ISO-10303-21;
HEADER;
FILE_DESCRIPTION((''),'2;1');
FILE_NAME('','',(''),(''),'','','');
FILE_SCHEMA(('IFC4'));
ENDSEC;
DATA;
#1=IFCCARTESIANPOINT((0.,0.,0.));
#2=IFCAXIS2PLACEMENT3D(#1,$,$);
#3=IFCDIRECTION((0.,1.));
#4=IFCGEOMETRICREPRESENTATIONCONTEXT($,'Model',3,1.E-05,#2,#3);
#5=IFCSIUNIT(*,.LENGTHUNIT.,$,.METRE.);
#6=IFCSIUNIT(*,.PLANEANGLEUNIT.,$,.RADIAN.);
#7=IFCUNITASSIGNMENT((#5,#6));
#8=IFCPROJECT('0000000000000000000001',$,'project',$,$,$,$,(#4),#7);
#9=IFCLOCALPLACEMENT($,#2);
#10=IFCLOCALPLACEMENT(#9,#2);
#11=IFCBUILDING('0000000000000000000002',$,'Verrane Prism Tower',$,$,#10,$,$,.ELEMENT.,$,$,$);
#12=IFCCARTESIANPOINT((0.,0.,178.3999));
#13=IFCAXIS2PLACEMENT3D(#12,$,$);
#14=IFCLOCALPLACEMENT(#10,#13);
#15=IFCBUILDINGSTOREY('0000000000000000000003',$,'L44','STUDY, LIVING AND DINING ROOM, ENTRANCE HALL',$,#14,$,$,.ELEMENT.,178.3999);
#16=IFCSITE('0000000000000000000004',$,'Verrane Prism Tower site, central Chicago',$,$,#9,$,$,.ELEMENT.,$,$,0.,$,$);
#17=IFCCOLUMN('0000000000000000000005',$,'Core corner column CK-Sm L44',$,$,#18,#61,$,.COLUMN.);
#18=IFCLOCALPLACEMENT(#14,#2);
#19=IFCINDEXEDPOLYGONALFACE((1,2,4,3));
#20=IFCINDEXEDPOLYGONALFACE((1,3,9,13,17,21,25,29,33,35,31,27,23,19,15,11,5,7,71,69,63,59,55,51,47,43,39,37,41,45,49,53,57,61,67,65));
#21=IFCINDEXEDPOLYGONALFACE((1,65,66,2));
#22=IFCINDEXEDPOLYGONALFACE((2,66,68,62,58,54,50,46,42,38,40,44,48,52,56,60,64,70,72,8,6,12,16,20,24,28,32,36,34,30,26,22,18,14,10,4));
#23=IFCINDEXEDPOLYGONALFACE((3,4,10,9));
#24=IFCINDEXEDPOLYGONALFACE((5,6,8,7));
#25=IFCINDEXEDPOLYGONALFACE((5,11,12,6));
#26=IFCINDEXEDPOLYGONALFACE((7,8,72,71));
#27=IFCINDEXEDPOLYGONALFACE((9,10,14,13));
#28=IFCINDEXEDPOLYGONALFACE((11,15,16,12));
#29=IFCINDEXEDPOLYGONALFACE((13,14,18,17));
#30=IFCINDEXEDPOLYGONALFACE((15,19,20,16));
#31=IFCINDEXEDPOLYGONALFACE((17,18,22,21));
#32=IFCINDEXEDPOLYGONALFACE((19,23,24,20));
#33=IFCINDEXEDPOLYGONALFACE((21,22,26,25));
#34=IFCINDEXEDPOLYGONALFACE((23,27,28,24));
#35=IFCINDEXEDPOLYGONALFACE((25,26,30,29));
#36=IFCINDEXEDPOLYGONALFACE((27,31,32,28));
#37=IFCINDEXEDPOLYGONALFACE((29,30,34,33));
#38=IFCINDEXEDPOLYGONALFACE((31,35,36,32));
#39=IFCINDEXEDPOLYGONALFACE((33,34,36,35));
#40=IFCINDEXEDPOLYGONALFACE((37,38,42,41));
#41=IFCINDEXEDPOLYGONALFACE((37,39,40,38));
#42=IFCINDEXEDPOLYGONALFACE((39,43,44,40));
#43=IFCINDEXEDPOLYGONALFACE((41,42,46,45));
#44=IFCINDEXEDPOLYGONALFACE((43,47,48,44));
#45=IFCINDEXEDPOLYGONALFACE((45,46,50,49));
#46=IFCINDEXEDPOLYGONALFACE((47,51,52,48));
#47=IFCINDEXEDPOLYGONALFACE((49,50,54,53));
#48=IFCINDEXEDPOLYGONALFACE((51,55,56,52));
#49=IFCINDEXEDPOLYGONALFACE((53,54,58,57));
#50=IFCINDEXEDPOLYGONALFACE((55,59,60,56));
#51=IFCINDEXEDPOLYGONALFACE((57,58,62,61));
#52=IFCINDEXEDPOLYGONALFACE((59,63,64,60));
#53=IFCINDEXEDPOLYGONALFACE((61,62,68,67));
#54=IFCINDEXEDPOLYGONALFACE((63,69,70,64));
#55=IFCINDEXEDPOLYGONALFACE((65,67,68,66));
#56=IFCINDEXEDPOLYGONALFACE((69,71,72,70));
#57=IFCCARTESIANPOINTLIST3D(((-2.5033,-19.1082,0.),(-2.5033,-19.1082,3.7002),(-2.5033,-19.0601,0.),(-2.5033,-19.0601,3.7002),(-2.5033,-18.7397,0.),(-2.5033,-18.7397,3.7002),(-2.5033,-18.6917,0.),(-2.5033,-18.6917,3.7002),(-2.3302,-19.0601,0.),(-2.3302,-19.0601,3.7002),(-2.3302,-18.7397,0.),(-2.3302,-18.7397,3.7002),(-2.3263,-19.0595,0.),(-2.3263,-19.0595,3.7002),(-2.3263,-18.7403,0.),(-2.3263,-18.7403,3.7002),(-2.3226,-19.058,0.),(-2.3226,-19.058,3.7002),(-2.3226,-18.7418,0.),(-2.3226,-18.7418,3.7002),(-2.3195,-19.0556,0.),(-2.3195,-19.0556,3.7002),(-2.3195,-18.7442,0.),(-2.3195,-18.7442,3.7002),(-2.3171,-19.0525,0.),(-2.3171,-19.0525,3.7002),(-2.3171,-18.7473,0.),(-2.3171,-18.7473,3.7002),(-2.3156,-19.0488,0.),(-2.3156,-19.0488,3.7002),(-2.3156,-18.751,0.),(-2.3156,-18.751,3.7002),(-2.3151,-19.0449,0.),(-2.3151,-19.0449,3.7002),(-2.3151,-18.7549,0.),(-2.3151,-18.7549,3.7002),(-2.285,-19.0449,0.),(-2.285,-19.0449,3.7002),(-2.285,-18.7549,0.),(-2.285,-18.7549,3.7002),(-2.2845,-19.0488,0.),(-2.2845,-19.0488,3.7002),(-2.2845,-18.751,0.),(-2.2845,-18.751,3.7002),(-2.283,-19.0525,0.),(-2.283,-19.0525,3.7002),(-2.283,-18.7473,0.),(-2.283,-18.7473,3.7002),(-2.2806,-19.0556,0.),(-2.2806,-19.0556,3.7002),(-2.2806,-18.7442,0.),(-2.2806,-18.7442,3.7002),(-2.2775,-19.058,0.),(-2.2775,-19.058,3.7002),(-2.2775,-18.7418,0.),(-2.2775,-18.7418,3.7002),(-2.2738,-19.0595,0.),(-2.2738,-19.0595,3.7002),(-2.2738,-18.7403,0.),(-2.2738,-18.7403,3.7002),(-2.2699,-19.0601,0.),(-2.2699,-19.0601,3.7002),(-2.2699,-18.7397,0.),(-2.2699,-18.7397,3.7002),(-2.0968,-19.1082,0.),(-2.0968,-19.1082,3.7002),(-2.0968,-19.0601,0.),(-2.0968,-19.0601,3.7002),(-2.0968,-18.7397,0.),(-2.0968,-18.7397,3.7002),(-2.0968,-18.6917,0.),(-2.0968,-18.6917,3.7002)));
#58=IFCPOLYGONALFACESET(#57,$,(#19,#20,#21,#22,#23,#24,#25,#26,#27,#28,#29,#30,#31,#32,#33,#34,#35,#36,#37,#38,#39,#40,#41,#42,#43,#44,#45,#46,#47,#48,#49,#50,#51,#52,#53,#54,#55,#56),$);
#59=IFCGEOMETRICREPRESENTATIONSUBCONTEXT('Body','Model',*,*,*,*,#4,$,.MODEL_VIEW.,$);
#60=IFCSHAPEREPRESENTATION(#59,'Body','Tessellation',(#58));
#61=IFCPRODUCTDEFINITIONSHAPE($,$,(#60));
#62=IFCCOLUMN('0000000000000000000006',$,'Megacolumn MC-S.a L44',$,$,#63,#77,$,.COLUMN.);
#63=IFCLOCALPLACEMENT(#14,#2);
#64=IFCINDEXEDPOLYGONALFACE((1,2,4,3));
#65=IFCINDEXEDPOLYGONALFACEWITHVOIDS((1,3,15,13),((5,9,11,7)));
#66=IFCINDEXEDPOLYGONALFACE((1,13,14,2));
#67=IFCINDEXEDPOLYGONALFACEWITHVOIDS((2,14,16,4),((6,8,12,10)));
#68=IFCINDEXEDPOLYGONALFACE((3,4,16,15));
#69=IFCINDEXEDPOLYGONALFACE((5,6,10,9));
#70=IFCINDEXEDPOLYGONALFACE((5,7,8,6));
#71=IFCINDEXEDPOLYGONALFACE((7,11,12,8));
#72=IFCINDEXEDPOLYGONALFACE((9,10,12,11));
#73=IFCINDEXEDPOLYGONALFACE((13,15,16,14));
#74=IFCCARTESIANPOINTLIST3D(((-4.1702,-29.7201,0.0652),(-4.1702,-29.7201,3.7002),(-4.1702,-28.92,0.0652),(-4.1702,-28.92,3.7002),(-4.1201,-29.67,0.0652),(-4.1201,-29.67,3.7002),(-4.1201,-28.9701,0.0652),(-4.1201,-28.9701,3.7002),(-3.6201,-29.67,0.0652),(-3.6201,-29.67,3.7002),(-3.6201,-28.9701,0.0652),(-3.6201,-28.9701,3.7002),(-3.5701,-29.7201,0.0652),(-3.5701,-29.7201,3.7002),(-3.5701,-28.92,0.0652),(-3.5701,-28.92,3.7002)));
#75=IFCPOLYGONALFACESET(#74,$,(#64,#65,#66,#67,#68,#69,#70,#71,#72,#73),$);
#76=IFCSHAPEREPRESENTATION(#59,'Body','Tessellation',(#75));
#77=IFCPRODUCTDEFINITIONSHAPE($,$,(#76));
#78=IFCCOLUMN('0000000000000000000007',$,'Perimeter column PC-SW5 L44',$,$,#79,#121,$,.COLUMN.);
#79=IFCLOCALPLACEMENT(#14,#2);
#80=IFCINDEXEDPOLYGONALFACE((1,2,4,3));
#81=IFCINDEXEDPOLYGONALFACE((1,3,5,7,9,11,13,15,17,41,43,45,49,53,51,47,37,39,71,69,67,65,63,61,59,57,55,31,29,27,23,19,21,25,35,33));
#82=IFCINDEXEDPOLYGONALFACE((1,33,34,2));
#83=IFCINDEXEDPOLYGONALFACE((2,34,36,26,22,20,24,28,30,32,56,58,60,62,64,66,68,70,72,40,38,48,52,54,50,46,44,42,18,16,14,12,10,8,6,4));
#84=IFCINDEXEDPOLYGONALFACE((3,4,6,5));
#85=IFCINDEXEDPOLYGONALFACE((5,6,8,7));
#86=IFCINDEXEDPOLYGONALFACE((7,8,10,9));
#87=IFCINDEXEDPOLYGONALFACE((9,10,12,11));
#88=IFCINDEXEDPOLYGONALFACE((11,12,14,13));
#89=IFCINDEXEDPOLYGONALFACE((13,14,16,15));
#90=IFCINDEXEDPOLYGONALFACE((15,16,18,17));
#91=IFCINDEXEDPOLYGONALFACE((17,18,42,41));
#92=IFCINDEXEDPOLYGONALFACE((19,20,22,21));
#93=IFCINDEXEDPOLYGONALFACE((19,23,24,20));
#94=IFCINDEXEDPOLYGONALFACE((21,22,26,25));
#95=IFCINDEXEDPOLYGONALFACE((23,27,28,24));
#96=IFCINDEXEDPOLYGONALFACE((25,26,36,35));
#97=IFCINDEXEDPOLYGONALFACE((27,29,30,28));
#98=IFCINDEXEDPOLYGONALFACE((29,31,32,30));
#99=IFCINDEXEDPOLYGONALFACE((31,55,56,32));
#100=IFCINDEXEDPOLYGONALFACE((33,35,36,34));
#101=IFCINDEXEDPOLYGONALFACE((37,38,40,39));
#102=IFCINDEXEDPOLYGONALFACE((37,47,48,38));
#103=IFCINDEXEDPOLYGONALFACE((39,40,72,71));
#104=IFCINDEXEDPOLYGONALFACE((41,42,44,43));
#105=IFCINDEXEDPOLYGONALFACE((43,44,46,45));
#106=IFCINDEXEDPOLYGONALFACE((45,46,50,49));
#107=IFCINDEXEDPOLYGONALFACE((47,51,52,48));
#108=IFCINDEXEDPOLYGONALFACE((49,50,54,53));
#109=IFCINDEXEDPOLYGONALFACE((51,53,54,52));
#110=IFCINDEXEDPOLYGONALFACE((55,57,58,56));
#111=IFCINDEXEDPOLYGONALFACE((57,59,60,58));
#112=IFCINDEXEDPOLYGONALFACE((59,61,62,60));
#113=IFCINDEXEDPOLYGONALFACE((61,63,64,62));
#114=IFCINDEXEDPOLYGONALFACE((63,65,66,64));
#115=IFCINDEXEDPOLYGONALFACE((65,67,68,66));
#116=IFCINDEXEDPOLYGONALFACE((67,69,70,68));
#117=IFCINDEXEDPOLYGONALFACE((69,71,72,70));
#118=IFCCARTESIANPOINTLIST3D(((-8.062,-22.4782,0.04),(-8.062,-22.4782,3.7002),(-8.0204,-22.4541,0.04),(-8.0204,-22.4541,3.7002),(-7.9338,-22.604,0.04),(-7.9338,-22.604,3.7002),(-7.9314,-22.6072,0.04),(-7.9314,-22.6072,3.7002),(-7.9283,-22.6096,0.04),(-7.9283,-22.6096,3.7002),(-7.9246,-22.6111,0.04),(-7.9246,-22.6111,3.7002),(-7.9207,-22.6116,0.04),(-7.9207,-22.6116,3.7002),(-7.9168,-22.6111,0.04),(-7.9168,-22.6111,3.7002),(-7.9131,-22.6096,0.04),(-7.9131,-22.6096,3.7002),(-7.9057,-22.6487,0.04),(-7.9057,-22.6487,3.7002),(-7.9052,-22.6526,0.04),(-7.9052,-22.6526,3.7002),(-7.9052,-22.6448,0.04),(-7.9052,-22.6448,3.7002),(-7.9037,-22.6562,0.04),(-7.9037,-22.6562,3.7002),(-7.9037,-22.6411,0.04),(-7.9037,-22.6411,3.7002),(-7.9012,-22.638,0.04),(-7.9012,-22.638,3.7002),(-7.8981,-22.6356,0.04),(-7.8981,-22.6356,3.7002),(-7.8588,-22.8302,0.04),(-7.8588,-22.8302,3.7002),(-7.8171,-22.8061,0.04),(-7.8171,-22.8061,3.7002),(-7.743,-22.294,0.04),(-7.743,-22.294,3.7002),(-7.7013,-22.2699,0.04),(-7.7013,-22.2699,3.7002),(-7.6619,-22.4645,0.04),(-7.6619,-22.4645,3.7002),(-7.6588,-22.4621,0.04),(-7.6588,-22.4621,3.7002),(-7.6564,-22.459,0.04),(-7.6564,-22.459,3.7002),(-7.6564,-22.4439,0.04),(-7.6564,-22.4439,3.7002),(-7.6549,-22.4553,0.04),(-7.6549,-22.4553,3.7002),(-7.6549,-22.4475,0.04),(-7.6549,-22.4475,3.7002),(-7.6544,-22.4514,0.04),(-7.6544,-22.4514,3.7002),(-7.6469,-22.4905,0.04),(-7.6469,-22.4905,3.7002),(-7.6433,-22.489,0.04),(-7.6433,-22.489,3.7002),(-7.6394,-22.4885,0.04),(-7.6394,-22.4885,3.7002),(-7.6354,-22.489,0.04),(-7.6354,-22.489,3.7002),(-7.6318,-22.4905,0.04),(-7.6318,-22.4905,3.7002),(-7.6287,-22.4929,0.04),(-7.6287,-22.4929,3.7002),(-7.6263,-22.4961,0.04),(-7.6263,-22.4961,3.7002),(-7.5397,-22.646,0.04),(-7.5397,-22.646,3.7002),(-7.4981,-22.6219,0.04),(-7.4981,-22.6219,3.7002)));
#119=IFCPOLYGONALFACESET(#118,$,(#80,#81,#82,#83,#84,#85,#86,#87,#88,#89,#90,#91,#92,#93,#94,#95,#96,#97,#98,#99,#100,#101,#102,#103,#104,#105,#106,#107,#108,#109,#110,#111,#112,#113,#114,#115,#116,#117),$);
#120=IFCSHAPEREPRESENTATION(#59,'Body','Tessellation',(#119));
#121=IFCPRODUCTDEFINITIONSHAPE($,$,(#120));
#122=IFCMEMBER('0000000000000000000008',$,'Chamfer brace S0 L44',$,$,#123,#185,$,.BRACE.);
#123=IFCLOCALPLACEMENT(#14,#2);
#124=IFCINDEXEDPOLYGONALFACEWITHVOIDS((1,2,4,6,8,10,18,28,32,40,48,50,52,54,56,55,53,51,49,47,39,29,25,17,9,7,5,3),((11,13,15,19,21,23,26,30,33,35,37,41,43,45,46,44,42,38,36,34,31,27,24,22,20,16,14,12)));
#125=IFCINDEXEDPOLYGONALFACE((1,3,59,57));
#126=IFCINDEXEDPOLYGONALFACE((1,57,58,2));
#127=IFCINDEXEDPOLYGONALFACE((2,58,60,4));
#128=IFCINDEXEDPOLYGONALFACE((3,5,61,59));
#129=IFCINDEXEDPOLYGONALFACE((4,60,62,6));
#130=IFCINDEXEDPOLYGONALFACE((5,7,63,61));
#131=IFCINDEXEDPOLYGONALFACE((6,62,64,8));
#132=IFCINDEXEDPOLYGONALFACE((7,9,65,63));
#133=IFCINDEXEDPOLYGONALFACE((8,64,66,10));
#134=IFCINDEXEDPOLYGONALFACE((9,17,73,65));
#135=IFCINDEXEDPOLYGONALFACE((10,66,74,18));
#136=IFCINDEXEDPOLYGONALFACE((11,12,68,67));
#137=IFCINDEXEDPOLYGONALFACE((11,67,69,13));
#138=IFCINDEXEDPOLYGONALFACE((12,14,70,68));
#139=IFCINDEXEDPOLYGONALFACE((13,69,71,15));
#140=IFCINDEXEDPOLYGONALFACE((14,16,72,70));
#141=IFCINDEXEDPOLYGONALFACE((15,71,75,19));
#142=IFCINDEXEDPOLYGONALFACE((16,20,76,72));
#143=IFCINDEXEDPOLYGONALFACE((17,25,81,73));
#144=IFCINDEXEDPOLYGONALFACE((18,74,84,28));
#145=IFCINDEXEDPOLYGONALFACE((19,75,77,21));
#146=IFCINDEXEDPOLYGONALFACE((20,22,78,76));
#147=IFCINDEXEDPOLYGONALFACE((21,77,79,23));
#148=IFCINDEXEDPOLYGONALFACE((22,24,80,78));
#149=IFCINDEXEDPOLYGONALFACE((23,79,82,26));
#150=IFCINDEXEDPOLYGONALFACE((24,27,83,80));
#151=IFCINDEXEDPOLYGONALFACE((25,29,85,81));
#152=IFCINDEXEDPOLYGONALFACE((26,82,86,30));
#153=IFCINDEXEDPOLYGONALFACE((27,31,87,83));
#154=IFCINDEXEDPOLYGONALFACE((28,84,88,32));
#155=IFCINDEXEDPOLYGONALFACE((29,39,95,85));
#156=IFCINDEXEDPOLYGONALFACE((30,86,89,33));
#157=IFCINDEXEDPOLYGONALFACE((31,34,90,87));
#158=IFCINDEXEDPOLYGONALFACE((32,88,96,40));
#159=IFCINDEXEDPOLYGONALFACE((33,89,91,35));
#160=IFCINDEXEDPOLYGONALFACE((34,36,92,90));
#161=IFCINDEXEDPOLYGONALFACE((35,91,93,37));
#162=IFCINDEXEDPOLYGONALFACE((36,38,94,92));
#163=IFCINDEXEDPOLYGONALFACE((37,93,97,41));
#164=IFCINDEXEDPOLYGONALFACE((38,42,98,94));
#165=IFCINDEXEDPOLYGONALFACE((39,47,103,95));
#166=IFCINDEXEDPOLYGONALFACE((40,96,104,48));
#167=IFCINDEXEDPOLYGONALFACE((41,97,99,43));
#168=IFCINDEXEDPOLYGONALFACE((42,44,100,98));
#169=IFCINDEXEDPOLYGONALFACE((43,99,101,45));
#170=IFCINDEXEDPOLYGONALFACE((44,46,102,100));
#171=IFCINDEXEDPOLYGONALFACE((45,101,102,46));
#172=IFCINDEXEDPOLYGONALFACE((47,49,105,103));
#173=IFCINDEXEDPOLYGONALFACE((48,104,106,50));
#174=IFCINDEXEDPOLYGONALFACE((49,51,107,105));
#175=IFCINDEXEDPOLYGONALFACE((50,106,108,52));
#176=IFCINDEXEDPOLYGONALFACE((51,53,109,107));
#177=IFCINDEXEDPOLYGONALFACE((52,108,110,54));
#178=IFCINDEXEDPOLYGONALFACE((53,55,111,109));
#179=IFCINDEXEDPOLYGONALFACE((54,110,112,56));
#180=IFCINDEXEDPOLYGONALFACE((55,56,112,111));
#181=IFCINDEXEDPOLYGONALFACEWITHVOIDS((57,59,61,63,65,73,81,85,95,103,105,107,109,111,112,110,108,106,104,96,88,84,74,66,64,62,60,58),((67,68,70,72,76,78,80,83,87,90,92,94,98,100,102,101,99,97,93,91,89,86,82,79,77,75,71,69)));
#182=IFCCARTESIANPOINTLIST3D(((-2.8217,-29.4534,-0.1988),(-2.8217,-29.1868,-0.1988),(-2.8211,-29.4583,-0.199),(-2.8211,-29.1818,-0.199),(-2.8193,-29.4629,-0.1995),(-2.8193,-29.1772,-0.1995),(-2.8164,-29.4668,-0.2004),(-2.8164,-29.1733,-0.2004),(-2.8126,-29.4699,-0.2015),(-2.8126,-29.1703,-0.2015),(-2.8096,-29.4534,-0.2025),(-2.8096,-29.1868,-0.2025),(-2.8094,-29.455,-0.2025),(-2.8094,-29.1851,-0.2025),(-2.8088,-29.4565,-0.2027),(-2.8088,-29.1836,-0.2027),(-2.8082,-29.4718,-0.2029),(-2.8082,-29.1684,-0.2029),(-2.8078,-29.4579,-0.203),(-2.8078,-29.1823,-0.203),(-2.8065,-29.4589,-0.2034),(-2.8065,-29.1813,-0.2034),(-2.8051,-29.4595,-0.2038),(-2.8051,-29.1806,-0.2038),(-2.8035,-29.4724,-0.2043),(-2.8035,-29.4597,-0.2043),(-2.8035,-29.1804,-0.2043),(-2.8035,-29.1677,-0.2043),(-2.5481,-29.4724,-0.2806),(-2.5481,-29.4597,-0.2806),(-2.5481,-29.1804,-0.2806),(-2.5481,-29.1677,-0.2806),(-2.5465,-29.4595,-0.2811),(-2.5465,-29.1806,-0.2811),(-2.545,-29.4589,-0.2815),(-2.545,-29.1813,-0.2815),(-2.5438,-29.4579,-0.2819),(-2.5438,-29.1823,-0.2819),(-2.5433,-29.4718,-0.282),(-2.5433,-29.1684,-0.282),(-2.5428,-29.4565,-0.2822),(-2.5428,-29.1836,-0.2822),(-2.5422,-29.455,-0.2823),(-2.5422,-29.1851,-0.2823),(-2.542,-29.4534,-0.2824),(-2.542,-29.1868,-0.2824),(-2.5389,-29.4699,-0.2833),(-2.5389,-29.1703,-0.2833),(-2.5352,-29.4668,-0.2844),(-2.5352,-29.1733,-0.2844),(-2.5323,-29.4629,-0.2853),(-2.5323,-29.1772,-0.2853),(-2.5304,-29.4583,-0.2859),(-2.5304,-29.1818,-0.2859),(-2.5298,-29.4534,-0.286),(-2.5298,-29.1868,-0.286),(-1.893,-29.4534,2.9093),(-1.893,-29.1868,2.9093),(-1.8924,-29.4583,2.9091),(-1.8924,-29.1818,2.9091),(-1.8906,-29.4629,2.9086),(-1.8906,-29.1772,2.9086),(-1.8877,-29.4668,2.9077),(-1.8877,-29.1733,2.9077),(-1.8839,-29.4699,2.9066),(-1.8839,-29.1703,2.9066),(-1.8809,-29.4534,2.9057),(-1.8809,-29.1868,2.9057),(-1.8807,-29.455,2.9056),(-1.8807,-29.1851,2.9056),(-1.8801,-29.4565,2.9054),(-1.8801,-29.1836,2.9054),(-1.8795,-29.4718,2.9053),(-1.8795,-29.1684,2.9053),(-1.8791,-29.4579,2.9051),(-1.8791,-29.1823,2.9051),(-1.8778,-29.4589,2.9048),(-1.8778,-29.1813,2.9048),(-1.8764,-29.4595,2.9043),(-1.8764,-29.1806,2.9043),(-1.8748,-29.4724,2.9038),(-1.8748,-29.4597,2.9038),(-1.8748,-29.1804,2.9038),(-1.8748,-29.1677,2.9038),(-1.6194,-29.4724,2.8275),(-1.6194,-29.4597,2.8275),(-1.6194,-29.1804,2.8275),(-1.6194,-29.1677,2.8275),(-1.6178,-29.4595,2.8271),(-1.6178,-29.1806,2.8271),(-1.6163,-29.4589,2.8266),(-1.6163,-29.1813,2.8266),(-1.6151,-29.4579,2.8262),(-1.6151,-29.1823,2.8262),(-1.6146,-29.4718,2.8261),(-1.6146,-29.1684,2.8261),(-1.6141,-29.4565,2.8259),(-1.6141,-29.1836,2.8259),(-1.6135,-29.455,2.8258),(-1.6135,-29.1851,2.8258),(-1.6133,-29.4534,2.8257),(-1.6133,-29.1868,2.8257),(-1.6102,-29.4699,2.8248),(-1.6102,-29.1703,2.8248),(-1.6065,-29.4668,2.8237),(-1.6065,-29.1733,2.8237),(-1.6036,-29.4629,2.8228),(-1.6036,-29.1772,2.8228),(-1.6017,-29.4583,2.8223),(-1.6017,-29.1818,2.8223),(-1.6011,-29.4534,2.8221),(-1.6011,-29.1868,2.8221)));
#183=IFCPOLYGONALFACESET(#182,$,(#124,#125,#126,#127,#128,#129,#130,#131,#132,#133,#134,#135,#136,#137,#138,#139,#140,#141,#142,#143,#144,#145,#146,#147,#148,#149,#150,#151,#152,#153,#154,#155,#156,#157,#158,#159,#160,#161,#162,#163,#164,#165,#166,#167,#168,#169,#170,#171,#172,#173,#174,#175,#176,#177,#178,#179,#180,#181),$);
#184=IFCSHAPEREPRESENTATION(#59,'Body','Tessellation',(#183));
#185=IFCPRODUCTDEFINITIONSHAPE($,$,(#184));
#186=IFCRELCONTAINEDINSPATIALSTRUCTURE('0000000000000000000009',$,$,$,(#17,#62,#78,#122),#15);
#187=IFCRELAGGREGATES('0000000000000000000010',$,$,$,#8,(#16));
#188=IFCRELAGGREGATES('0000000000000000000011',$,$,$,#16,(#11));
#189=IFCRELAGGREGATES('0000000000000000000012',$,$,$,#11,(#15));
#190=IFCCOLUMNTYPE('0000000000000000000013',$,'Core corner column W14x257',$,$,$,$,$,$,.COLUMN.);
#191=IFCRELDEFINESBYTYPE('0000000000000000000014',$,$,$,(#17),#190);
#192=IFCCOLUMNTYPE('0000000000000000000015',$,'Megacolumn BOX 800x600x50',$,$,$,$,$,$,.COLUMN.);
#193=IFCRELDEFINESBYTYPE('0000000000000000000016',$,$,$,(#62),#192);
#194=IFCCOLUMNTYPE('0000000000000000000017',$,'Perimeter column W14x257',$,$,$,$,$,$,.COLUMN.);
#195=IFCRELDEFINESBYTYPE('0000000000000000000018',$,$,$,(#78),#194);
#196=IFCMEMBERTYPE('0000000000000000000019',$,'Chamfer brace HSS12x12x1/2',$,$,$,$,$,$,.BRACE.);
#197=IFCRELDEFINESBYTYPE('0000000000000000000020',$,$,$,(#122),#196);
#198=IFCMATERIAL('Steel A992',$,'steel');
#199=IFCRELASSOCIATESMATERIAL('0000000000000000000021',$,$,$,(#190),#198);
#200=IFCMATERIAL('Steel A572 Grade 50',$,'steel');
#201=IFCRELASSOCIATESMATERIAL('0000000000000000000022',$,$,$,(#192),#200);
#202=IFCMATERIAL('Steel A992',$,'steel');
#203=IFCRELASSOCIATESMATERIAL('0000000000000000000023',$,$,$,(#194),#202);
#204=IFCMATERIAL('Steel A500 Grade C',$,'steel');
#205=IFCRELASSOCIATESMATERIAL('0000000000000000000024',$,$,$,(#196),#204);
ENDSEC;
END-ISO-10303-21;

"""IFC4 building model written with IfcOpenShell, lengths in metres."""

from ifc_helpers import new_model, si_unit, direction, frame, origin, origin_2d, place, context, subcontext, project, spatial, hollow_rectangle, i_section, extrude, material, material_profile, profile_set, type_object, element, save


model = new_model("IFC4")

# Units and contexts
model_context = context("Model", 3, precision=1e-05, world=origin(), true_north=direction((0.0, 1.0)))
body_context = subcontext(model_context, "Body", "Model", "MODEL_VIEW")
ifc_project = project(units=[si_unit("LENGTHUNIT", "METRE"), si_unit("PLANEANGLEUNIT", "RADIAN")], contexts=[model_context])

# Site, building, storey
site_placement = place(None, origin())
site = spatial("IfcSite", under=ifc_project, at=site_placement, Name="Verrane Prism Tower site, central Chicago", CompositionType="ELEMENT", RefElevation=0.0)
building_placement = place(site_placement, origin())
building = spatial("IfcBuilding", under=site, at=building_placement, Name="Verrane Prism Tower", CompositionType="ELEMENT")
storey_placement = place(building_placement, frame((0.0, 0.0, 178.3999)))
storey = spatial("IfcBuildingStorey", under=building, at=storey_placement, Name="L44", Description="STUDY, LIVING AND DINING ROOM, ENTRANCE HALL", CompositionType="ELEMENT", Elevation=178.3999)

# Columns
ifc_material_1 = material(Name="Steel A992", Category="steel")
ifc_material_profile_1 = material_profile(ifc_material_1, i_section(OverallWidth=0.4065, OverallDepth=0.4165, WebThickness=0.03, FlangeThickness=0.0481, FilletRadius=0.0151, at=origin_2d()), Name="W14x257")
ifc_profile_set_1 = profile_set([ifc_material_profile_1], Name="Steel A992")
column_type_1 = type_object("IfcColumnType", Name="Core corner column W14x257", PredefinedType="COLUMN", material=ifc_profile_set_1)
column_1_placement = place(storey_placement, frame((-2.3, -18.8999, 0.0), z_axis=(0.0, 0.0, 1.0), x_axis=(-1.0, 0.0, 0.0)))
element("IfcColumn", 1, at=column_1_placement, inside=storey, type_object=column_type_1, Name="Core corner column CK-Sm L44", PredefinedType="COLUMN", context=body_context, shape_type="SweptSolid", body=[
    extrude(i_section(OverallWidth=0.4065, OverallDepth=0.4165, WebThickness=0.03, FlangeThickness=0.0481, FilletRadius=0.0151, at=origin_2d()), origin(), (0.0, 0.0, 1.0), 3.7002),
])
ifc_material_2 = material(Name="Steel A572 Grade 50", Category="steel")
ifc_material_profile_2 = material_profile(ifc_material_2, hollow_rectangle(XDim=0.6001, YDim=0.8, WallThickness=0.05, at=origin_2d()), Name="BOX 800x600x50")
ifc_profile_set_2 = profile_set([ifc_material_profile_2], Name="Steel A572 Grade 50")
column_type_2 = type_object("IfcColumnType", Name="Megacolumn BOX 800x600x50", PredefinedType="COLUMN", material=ifc_profile_set_2)
column_2_placement = place(storey_placement, frame((-3.8701, -29.3201, 0.0652), z_axis=(0.0, 0.0, 1.0), x_axis=(-1.0, 0.0, 0.0)))
element("IfcColumn", 2, at=column_2_placement, inside=storey, type_object=column_type_2, Name="Megacolumn MC-S.a L44", PredefinedType="COLUMN", context=body_context, shape_type="SweptSolid", body=[
    extrude(hollow_rectangle(XDim=0.6001, YDim=0.8, WallThickness=0.05, at=origin_2d()), origin(), (0.0, 0.0, 1.0), 3.635),
])
ifc_material_3 = material(Name="Steel A992", Category="steel")
ifc_material_profile_3 = material_profile(ifc_material_3, i_section(OverallWidth=0.4065, OverallDepth=0.4165, WebThickness=0.03, FlangeThickness=0.0481, FilletRadius=0.0151, at=origin_2d()), Name="W14x257")
ifc_profile_set_3 = profile_set([ifc_material_profile_3], Name="Steel A992")
column_type_3 = type_object("IfcColumnType", Name="Perimeter column W14x257", PredefinedType="COLUMN", material=ifc_profile_set_3)
column_3_placement = place(storey_placement, frame((-7.78, -22.55, 0.04), z_axis=(0.0, 0.0, 1.0), x_axis=(-0.5, 0.866025, 0.0)))
element("IfcColumn", 3, at=column_3_placement, inside=storey, type_object=column_type_3, Name="Perimeter column PC-SW5 L44", PredefinedType="COLUMN", context=body_context, shape_type="SweptSolid", body=[
    extrude(i_section(OverallWidth=0.4065, OverallDepth=0.4165, WebThickness=0.03, FlangeThickness=0.0481, FilletRadius=0.0151, at=origin_2d()), origin(), (0.0, 0.0, 1.0), 3.6602),
])

# Member
ifc_material_4 = material(Name="Steel A500 Grade C", Category="steel")
ifc_material_profile_4 = material_profile(ifc_material_4, hollow_rectangle(XDim=0.3047, YDim=0.3047, WallThickness=0.0127, InnerFilletRadius=0.0063, OuterFilletRadius=0.019, at=origin_2d()), Name="HSS12x12x1/2")
ifc_profile_set_4 = profile_set([ifc_material_profile_4], Name="Steel A500 Grade C")
member_type_1 = type_object("IfcMemberType", Name="Chamfer brace HSS12x12x1/2", PredefinedType="BRACE", material=ifc_profile_set_4)
member_1_placement = place(storey_placement, frame((-2.6758, -29.3201, -0.2424), z_axis=(0.286291, 0.0, 0.958143), x_axis=(0.0, 1.0, 0.0)))
element("IfcMember", 4, at=member_1_placement, inside=storey, type_object=member_type_1, Name="Chamfer brace S0 L44", PredefinedType="BRACE", context=body_context, shape_type="SweptSolid", body=[
    extrude(hollow_rectangle(XDim=0.3047, YDim=0.3047, WallThickness=0.0127, InnerFilletRadius=0.0063, OuterFilletRadius=0.019, at=origin_2d()), origin(), (0.0, 0.0, 1.0), 3.2439),
])

save(model, "model.ifc")
